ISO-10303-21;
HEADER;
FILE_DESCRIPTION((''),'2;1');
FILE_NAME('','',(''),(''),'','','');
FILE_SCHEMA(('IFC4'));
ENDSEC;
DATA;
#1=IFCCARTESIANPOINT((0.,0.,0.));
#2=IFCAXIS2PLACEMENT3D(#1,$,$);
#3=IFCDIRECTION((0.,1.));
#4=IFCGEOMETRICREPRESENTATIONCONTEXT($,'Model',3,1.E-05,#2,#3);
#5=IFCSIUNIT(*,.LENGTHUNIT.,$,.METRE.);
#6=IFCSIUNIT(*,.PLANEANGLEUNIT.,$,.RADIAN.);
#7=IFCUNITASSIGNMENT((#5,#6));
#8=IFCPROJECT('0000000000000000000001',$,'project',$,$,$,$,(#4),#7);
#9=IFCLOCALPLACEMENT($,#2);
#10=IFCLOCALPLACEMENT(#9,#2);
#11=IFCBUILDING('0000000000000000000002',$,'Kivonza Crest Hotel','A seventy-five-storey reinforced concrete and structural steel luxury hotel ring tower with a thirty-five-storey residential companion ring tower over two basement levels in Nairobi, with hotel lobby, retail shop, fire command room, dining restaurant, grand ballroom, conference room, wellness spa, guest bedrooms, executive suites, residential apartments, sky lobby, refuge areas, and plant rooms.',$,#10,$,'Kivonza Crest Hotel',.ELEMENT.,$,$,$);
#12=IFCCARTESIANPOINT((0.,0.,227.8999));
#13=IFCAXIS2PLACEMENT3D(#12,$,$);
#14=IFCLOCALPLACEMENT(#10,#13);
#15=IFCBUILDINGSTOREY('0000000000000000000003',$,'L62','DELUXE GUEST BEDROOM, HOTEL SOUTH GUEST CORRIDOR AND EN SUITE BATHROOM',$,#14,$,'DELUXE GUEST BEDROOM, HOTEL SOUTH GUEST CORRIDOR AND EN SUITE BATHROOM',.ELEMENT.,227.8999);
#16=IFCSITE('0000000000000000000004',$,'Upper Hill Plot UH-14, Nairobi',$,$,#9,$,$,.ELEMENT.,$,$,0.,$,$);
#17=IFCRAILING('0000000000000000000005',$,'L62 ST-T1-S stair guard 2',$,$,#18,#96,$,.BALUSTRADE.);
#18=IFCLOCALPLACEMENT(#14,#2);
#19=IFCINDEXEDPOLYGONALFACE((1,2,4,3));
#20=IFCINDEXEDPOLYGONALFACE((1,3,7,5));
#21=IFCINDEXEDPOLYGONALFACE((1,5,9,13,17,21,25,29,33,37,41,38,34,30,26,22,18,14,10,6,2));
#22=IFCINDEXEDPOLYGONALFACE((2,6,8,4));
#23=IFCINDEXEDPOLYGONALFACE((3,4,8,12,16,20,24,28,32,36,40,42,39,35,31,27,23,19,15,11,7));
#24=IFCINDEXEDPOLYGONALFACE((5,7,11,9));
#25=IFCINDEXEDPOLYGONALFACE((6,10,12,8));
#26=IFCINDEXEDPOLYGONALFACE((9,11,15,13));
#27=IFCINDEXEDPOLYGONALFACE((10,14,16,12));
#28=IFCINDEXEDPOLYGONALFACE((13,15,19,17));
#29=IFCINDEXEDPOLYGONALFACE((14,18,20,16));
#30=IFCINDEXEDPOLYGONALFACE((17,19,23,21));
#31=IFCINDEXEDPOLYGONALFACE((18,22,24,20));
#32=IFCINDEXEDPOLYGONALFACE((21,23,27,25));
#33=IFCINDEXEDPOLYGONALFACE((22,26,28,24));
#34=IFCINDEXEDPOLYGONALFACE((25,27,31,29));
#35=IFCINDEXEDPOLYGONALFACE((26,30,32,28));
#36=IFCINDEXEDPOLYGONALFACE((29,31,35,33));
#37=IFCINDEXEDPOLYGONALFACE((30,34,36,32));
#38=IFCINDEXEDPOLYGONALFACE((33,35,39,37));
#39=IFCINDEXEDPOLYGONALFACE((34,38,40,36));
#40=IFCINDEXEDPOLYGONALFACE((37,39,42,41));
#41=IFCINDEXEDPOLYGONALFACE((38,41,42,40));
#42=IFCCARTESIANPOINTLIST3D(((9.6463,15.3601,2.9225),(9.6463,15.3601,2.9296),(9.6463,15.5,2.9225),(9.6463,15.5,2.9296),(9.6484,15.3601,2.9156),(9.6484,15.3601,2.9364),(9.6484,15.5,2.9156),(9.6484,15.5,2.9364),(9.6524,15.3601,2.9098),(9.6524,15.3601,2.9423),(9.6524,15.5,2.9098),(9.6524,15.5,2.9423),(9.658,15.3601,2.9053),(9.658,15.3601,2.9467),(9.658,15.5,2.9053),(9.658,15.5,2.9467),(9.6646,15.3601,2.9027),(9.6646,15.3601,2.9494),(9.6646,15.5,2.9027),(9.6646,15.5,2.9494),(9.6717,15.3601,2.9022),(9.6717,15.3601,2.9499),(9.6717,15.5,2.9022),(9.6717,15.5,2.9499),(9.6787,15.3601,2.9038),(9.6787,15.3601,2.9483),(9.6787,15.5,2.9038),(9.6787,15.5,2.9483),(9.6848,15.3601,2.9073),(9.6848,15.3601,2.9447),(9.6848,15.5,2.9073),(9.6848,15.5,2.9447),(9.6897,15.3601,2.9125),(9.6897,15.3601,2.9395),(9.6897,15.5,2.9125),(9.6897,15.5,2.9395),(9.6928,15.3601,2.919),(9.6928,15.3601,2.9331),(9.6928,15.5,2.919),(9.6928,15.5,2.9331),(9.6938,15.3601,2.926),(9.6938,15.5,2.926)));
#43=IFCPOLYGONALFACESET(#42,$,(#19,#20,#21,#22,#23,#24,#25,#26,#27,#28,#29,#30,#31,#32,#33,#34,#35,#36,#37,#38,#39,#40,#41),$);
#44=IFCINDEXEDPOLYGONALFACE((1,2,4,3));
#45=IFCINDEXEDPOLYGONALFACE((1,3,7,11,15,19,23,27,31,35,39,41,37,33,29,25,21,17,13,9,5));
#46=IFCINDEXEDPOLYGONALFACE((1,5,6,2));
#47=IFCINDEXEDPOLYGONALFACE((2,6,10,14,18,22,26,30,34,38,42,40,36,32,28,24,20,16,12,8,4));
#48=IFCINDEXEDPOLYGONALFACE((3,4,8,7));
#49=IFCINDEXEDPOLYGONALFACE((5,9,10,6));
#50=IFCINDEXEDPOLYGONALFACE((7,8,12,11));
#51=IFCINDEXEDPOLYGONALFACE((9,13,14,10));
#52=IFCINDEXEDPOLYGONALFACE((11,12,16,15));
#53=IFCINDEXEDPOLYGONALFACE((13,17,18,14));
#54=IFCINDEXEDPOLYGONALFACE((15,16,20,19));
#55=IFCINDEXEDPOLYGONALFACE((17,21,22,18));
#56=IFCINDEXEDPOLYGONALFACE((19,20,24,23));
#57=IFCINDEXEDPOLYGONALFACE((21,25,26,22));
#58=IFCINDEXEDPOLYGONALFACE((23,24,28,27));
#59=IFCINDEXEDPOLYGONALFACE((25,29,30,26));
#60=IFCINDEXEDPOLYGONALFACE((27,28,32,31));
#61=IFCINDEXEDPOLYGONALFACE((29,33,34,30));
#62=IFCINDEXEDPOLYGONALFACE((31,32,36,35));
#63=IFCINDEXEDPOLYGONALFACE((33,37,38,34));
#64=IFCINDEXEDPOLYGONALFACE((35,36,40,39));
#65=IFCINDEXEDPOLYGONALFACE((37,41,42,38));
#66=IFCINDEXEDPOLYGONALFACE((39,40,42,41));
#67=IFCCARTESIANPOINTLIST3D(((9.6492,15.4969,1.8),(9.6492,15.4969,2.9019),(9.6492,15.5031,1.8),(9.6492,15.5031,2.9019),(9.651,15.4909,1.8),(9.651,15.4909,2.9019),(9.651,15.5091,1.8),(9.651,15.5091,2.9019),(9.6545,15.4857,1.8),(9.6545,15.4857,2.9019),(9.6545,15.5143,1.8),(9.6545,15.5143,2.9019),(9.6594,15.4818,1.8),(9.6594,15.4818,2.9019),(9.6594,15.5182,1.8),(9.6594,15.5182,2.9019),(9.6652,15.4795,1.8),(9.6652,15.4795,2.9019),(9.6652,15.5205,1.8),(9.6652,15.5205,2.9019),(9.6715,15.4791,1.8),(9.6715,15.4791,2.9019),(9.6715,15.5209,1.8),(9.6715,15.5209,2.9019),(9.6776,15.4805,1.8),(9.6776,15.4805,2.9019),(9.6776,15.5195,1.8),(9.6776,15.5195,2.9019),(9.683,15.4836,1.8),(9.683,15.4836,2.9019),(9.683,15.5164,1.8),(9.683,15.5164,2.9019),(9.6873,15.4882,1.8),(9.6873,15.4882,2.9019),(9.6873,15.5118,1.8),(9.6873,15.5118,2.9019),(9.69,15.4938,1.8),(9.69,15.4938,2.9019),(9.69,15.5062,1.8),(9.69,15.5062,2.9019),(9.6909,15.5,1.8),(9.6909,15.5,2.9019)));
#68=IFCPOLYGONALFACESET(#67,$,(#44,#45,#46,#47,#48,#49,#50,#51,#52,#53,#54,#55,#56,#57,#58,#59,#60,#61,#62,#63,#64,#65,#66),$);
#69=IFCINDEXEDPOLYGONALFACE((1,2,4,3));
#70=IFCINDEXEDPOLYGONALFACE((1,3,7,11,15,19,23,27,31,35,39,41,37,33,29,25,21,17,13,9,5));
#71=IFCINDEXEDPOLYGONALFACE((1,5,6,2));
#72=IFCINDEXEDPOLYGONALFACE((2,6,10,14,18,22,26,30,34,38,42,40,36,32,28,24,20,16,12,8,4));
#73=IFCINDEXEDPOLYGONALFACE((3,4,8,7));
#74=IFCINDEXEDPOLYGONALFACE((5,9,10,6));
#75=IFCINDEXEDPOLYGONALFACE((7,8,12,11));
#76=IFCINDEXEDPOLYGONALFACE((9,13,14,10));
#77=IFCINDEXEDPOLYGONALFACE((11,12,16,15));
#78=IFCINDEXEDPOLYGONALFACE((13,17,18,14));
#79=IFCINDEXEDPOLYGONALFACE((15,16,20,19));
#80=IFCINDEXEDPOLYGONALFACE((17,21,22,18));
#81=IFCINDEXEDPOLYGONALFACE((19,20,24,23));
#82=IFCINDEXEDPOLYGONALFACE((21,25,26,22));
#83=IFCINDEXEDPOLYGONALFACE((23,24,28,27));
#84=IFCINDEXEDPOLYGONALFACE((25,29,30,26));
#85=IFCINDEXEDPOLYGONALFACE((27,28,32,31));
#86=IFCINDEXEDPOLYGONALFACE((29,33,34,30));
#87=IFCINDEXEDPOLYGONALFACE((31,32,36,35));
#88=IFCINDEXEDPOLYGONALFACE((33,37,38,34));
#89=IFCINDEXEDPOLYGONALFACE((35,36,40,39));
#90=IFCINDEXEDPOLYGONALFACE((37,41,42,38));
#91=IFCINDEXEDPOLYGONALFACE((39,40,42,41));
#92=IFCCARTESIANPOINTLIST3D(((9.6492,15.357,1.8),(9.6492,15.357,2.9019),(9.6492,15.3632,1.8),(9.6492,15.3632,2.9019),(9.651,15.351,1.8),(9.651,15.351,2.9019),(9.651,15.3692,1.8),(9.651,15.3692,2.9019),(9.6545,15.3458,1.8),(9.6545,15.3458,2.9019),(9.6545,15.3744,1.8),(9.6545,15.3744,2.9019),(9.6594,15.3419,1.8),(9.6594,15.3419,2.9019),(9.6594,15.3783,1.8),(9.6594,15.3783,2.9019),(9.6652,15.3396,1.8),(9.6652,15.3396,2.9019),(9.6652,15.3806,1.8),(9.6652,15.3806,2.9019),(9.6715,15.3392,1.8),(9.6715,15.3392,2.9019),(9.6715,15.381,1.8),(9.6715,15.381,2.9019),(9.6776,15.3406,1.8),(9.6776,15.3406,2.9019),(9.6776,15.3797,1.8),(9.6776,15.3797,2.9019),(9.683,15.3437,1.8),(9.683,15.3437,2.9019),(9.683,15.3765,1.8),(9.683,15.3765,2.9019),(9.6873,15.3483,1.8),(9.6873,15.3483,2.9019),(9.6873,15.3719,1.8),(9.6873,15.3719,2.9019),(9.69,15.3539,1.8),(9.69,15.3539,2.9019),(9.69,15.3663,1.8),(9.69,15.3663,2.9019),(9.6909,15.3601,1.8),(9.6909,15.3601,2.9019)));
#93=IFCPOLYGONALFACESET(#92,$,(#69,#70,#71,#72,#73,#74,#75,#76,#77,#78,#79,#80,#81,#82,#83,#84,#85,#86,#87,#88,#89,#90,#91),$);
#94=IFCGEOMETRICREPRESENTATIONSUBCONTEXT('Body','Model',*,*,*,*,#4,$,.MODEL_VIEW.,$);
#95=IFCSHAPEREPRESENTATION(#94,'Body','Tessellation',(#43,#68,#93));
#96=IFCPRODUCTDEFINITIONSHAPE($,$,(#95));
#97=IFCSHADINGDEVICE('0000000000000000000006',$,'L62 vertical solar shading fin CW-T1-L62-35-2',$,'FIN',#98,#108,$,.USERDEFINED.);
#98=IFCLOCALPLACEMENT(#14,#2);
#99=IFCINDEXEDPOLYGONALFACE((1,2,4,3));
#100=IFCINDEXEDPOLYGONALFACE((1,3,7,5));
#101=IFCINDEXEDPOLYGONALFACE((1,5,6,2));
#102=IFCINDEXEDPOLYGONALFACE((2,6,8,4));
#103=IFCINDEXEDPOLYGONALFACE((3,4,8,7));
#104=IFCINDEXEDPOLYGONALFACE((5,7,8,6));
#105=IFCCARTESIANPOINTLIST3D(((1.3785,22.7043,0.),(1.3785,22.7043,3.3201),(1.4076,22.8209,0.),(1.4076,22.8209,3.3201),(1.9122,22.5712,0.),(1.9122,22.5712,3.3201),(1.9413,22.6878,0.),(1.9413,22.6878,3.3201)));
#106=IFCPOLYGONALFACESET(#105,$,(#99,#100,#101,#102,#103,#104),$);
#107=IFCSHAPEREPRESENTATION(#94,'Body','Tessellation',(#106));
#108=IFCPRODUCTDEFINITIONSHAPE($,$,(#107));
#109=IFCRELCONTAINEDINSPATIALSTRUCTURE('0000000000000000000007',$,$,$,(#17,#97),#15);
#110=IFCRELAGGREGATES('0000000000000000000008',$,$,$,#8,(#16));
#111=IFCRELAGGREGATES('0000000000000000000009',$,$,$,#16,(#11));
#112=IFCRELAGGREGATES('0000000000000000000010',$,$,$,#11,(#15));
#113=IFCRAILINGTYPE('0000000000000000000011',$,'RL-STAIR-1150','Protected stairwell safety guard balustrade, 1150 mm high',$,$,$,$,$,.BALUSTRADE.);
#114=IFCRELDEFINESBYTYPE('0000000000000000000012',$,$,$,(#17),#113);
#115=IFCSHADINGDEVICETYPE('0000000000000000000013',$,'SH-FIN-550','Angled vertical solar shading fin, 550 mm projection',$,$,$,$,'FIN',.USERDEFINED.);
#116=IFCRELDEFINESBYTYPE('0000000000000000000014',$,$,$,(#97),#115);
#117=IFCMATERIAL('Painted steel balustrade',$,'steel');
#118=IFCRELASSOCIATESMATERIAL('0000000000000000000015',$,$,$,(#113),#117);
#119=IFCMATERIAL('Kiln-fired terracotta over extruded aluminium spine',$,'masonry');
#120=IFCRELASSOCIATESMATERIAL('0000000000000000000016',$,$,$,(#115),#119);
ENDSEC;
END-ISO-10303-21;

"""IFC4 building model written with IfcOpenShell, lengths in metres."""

from ifc_helpers import new_model, si_unit, direction, frame, origin, origin_2d, place, context, subcontext, project, spatial, rectangle, circle, extrude, material, type_object, element, save


model = new_model("IFC4")

# Units and contexts
model_context = context("Model", 3, precision=1e-05, world=origin(), true_north=direction((0.0, 1.0)))
body_context = subcontext(model_context, "Body", "Model", "MODEL_VIEW")
ifc_project = project(units=[si_unit("LENGTHUNIT", "METRE"), si_unit("PLANEANGLEUNIT", "RADIAN")], contexts=[model_context])

# Site, building, storey
site_placement = place(None, origin())
site = spatial("IfcSite", under=ifc_project, at=site_placement, Name="Upper Hill Plot UH-14, Nairobi", CompositionType="ELEMENT", RefElevation=0.0)
building_placement = place(site_placement, origin())
building = spatial("IfcBuilding", under=site, at=building_placement, Name="Kivonza Crest Hotel", Description="A seventy-five-storey reinforced concrete and structural steel luxury hotel ring tower with a thirty-five-storey residential companion ring tower over two basement levels in Nairobi, with hotel lobby, retail shop, fire command room, dining restaurant, grand ballroom, conference room, wellness spa, guest bedrooms, executive suites, residential apartments, sky lobby, refuge areas, and plant rooms.", LongName="Kivonza Crest Hotel", CompositionType="ELEMENT")
storey_placement = place(building_placement, frame((0.0, 0.0, 227.8999)))
storey = spatial("IfcBuildingStorey", under=building, at=storey_placement, Name="L62", Description="DELUXE GUEST BEDROOM, HOTEL SOUTH GUEST CORRIDOR AND EN SUITE BATHROOM", LongName="DELUXE GUEST BEDROOM, HOTEL SOUTH GUEST CORRIDOR AND EN SUITE BATHROOM", CompositionType="ELEMENT", Elevation=227.8999)

# Railing
ifc_material_1 = material(Name="Painted steel balustrade", Category="steel")
railing_type_1 = type_object("IfcRailingType", Name="RL-STAIR-1150", Description="Protected stairwell safety guard balustrade, 1150 mm high", PredefinedType="BALUSTRADE", material=ifc_material_1)
railing_1_placement = place(storey_placement, frame((9.6699, 15.5, 1.8)))
element("IfcRailing", 1, at=railing_1_placement, inside=storey, type_object=railing_type_1, Name="L62 ST-T1-S stair guard 2", PredefinedType="BALUSTRADE", context=body_context, shape_type="SweptSolid", body=[
    extrude(circle(Radius=0.0239, at=origin_2d()), frame((0.0, 0.0, 1.126), z_axis=(0.0, -1.0, 0.0), x_axis=(1.0, 0.0, 0.0)), (0.0, 0.0, 1.0), 0.1399),
    extrude(circle(Radius=0.021, at=origin_2d()), origin(), (0.0, 0.0, 1.0), 1.1018),
    extrude(circle(Radius=0.021, at=origin_2d()), frame((0.0, -0.1399, 0.0)), (0.0, 0.0, 1.0), 1.1018),
])

# Shading device
ifc_material_2 = material(Name="Kiln-fired terracotta over extruded aluminium spine", Category="masonry")
shading_device_type = type_object("IfcShadingDeviceType", Name="SH-FIN-550", Description="Angled vertical solar shading fin, 550 mm projection", ElementType="FIN", PredefinedType="USERDEFINED", material=ifc_material_2)
shading_device_placement = place(storey_placement, frame((1.6599, 22.696, 0.0), z_axis=(0.0, 0.0, 1.0), x_axis=(-0.241922, -0.970296, 0.0)))
element("IfcShadingDevice", 2, at=shading_device_placement, inside=storey, type_object=shading_device_type, Name="L62 vertical solar shading fin CW-T1-L62-35-2", ObjectType="FIN", PredefinedType="USERDEFINED", context=body_context, shape_type="SweptSolid", body=[
    extrude(rectangle(XDim=0.1201, YDim=0.55, at=origin_2d()), origin(), (0.0, 0.0, 1.0), 3.3201),
])

save(model, "model.ifc")
